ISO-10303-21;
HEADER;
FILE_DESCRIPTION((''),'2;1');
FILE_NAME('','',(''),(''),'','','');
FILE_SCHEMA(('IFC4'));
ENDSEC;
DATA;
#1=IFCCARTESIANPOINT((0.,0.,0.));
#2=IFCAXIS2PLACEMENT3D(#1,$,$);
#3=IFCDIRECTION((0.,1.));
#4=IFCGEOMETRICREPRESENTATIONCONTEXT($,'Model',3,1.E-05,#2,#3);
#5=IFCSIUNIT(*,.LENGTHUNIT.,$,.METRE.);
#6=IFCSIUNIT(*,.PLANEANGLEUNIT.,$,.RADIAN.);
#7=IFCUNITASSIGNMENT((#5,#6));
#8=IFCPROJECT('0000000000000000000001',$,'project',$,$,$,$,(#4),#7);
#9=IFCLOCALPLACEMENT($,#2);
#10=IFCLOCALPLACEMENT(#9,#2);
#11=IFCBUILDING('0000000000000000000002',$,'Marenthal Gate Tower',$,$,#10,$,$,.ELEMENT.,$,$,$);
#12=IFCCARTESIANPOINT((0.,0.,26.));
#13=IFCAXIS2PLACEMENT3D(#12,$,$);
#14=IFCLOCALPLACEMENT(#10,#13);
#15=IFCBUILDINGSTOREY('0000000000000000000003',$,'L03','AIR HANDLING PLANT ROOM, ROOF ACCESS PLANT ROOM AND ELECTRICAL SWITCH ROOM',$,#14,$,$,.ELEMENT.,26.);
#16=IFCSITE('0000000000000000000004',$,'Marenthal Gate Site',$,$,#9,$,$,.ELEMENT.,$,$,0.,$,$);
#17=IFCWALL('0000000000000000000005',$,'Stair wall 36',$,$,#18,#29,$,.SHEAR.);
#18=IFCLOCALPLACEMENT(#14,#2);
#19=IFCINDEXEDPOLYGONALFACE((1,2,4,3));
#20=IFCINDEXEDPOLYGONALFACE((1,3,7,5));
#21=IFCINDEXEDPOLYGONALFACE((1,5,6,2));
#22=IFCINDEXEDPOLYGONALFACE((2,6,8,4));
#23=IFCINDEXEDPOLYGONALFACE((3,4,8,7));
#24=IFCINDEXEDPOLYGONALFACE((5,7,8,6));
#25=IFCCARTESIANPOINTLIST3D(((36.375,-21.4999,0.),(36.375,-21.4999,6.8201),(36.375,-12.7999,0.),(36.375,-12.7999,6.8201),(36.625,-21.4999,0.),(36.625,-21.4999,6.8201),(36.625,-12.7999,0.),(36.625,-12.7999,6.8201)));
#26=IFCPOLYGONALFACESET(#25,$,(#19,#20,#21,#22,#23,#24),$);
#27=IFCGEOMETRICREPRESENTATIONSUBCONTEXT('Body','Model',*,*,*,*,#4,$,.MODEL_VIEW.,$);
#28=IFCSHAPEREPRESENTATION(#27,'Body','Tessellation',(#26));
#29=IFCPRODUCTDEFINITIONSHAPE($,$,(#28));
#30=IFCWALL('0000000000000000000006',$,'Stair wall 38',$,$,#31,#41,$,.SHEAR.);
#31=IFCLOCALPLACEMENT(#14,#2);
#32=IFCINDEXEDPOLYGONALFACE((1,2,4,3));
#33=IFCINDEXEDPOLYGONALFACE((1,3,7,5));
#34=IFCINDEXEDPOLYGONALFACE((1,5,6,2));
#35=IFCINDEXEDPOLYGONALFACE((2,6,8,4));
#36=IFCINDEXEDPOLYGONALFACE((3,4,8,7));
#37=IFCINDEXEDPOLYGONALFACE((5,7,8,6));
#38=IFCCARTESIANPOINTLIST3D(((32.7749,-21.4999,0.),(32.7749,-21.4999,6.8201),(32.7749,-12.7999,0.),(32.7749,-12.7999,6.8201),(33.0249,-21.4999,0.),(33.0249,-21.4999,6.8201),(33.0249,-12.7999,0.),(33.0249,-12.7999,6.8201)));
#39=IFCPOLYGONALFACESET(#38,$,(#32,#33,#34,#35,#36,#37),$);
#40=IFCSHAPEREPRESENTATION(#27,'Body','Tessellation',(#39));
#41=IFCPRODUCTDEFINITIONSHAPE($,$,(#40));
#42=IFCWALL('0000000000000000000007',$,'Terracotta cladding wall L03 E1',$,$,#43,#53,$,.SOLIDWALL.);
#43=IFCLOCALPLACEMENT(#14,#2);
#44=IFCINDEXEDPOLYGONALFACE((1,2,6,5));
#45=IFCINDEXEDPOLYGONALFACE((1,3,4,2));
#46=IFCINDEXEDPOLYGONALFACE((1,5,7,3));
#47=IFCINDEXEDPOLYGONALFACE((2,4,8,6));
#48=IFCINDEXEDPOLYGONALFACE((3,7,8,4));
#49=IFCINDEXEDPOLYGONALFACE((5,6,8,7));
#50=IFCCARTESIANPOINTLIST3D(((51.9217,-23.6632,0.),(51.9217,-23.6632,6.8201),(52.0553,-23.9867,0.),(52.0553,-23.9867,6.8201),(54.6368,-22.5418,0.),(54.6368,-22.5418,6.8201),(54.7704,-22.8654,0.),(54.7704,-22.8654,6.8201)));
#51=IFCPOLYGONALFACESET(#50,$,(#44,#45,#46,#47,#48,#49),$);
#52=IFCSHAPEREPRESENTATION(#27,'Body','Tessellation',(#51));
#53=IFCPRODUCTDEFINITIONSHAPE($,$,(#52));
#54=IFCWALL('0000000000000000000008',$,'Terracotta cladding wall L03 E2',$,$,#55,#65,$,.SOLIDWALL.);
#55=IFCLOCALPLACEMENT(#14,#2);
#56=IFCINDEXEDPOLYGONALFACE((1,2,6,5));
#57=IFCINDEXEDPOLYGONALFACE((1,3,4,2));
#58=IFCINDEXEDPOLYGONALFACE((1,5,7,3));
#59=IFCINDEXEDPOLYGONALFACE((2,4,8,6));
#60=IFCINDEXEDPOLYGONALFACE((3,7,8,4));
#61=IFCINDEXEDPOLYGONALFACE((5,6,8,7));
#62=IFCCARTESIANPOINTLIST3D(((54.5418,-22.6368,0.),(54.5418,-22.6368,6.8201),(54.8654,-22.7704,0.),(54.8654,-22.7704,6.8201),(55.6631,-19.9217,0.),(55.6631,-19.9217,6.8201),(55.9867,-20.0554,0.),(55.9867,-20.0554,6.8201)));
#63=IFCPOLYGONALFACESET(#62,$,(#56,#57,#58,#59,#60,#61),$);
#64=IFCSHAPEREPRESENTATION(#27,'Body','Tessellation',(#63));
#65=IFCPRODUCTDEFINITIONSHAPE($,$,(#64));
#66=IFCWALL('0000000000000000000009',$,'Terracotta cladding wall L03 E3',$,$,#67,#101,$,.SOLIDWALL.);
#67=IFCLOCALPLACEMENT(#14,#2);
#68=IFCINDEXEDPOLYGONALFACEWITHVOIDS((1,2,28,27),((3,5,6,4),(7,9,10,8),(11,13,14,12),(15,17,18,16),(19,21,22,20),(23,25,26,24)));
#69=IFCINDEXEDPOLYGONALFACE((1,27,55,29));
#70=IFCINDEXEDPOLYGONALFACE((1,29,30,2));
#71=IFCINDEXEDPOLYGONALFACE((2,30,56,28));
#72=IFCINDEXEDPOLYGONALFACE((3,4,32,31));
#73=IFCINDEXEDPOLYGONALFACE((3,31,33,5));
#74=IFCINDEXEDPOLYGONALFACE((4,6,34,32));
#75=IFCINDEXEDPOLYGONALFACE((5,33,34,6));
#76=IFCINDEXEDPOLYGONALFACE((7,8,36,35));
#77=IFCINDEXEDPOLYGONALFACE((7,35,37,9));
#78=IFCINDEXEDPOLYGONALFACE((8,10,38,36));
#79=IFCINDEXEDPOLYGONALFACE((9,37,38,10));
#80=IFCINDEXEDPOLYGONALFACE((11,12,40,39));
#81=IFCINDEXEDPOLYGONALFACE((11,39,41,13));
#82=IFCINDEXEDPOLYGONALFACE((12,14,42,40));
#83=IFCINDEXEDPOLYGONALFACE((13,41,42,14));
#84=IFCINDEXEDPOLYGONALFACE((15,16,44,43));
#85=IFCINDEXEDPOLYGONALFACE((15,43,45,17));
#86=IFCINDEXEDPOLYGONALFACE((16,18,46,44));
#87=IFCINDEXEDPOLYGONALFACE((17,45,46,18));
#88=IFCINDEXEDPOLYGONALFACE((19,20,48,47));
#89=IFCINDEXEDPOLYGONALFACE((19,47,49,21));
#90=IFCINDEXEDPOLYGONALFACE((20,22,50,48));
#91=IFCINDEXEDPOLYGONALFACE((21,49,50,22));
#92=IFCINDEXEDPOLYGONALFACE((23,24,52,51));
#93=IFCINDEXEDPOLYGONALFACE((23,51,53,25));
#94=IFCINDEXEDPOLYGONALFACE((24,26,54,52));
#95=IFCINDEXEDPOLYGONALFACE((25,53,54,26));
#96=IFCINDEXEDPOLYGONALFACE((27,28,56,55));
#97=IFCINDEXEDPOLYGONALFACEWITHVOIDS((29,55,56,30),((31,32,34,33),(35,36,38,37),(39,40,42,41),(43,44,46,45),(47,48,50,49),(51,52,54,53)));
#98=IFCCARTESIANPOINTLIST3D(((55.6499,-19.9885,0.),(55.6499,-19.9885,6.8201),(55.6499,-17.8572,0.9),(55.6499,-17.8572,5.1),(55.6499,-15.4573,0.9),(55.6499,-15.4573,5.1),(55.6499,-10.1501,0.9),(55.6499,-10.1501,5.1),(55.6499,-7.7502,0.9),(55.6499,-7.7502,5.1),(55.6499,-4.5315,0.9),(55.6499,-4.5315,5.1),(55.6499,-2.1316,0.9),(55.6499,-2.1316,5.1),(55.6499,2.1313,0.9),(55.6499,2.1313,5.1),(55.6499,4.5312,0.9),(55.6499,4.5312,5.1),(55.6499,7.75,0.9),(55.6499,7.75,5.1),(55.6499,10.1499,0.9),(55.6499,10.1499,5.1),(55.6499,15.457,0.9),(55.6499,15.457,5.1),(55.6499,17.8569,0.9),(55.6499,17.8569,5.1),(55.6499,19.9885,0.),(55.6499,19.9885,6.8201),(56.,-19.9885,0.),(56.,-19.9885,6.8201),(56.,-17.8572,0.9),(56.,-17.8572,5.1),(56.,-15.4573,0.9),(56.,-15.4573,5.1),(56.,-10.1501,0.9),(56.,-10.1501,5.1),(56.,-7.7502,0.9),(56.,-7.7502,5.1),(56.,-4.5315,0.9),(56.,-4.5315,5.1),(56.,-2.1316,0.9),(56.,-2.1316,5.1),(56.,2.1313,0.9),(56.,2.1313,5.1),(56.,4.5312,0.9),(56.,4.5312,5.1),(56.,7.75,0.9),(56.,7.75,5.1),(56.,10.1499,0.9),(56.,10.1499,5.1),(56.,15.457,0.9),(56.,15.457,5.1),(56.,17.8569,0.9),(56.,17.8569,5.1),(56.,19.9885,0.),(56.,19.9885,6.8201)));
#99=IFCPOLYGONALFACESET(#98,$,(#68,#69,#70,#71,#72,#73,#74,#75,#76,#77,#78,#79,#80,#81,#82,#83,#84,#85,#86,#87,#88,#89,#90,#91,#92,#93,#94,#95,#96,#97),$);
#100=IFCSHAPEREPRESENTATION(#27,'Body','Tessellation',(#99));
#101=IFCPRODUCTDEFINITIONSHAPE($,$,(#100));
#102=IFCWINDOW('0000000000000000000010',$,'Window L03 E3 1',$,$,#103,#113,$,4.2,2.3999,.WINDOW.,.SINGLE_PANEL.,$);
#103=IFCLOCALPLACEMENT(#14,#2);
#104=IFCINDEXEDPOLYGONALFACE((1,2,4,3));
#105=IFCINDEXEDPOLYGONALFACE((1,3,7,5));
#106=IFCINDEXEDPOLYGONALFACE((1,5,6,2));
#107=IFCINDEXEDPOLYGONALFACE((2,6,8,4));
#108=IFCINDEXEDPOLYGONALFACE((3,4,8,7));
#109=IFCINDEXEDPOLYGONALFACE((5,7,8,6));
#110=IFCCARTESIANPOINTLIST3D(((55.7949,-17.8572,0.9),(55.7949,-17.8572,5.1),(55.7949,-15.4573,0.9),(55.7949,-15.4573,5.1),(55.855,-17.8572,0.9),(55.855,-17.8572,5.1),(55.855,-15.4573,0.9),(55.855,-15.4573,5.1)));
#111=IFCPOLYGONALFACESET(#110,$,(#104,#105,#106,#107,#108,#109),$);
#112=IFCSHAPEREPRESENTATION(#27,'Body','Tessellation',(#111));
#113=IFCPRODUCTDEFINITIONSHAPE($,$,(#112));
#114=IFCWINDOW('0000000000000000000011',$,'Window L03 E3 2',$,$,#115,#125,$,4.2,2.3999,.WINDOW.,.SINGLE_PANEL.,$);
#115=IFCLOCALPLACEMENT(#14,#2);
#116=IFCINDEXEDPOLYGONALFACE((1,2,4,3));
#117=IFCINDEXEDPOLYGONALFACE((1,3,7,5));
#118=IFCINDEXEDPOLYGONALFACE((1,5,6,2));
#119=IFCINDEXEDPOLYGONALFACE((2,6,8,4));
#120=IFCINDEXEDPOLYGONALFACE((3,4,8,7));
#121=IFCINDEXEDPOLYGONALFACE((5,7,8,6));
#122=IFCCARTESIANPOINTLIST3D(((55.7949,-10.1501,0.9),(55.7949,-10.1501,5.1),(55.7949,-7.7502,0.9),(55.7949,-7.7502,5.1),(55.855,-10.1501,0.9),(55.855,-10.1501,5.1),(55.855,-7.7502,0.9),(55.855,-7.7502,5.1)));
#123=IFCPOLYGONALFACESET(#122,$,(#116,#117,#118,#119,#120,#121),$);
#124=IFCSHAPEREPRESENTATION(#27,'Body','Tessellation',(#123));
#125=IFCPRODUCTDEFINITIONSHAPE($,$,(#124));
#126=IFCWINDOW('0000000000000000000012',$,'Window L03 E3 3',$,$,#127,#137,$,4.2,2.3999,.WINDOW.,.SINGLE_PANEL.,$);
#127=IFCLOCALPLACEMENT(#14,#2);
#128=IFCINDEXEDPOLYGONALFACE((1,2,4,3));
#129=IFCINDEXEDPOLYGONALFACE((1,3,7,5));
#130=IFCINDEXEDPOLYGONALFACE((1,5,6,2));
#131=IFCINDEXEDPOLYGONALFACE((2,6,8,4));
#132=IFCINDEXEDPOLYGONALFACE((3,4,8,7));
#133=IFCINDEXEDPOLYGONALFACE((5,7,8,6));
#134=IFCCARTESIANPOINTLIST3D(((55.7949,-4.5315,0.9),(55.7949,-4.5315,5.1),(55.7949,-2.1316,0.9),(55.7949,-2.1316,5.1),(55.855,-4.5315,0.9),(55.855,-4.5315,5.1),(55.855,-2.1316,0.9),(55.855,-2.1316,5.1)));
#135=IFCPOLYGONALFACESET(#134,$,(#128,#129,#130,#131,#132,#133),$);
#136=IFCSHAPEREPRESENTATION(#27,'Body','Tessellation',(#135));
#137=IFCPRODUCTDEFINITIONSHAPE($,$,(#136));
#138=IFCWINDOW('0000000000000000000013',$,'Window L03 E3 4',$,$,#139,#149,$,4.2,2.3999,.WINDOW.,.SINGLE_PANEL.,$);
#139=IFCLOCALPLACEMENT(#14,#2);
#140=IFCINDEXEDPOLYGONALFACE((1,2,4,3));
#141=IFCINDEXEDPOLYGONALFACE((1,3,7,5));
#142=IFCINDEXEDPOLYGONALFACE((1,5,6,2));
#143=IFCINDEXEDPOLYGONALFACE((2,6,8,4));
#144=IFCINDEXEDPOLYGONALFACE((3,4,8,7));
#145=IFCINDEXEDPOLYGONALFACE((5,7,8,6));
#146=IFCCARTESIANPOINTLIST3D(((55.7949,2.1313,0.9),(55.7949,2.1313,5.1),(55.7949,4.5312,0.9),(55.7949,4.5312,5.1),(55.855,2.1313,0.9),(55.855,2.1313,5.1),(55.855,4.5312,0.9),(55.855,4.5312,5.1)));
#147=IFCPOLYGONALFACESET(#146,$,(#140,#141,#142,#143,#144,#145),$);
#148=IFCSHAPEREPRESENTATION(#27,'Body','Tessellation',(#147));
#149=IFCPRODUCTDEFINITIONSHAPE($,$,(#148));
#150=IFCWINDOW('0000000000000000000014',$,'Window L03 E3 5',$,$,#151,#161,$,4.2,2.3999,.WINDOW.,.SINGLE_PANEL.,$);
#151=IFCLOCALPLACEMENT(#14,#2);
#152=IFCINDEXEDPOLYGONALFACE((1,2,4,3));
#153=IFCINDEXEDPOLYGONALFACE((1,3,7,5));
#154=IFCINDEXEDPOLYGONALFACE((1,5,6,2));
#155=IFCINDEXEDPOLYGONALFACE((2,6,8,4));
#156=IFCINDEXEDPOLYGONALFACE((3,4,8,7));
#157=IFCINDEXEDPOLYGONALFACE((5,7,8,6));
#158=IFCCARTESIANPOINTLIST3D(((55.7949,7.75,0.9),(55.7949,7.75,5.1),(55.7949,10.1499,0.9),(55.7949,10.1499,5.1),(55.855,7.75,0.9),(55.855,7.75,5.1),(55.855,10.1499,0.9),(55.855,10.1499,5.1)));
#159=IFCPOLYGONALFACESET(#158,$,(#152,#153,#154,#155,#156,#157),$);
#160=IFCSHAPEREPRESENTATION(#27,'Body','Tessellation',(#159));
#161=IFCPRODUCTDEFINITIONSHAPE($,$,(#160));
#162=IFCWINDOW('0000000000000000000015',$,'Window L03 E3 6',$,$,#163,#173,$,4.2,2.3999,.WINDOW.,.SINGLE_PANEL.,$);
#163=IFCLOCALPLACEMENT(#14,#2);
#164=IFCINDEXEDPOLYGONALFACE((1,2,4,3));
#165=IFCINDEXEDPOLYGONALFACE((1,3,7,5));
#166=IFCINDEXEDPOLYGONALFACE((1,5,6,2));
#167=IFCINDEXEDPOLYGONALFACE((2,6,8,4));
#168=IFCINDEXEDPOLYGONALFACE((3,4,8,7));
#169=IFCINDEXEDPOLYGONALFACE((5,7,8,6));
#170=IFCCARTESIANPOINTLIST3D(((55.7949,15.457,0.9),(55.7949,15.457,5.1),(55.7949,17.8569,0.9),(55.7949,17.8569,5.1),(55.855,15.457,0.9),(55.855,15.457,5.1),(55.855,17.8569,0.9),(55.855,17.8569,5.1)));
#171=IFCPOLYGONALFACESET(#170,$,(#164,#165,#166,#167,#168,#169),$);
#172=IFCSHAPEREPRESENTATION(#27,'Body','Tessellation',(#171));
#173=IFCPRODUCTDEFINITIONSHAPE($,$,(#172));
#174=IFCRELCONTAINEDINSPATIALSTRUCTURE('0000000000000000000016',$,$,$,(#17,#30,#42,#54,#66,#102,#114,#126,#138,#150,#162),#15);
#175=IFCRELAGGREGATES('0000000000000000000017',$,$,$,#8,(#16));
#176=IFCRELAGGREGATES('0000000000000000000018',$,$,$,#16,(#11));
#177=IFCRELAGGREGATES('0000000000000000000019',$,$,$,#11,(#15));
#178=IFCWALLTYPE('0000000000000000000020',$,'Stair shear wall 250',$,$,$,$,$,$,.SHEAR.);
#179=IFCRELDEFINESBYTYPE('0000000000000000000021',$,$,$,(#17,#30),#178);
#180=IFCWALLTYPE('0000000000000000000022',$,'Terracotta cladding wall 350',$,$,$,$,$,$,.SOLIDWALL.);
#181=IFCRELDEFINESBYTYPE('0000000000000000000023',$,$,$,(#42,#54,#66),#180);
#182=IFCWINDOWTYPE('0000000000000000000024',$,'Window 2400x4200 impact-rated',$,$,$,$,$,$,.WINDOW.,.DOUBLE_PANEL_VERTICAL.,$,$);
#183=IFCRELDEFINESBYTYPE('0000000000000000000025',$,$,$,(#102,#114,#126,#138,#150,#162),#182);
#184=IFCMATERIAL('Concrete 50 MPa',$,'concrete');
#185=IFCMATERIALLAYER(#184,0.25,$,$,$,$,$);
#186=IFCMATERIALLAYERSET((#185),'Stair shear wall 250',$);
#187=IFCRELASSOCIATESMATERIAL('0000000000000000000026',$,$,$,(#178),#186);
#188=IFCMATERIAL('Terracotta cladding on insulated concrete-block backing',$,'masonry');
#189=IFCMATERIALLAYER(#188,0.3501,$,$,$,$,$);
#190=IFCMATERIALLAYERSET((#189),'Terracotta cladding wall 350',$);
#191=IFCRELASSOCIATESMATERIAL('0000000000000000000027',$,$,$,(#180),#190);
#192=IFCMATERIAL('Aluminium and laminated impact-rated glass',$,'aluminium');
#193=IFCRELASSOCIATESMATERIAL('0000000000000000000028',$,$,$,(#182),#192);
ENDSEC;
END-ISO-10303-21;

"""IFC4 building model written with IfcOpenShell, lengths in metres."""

from ifc_helpers import new_model, si_unit, direction, frame, frame_2d, origin, place, context, subcontext, project, spatial, rectangle, extrude, material, layer, layer_set, type_object, element, fill, save


model = new_model("IFC4")

# Units and contexts
model_context = context("Model", 3, precision=1e-05, world=origin(), true_north=direction((0.0, 1.0)))
body_context = subcontext(model_context, "Body", "Model", "MODEL_VIEW")
ifc_project = project(units=[si_unit("LENGTHUNIT", "METRE"), si_unit("PLANEANGLEUNIT", "RADIAN")], contexts=[model_context])

# Site, building, storey
site_placement = place(None, origin())
site = spatial("IfcSite", under=ifc_project, at=site_placement, Name="Marenthal Gate Site", CompositionType="ELEMENT", RefElevation=0.0)
building_placement = place(site_placement, origin())
building = spatial("IfcBuilding", under=site, at=building_placement, Name="Marenthal Gate Tower", CompositionType="ELEMENT")
storey_placement = place(building_placement, frame((0.0, 0.0, 26.0)))
storey = spatial("IfcBuildingStorey", under=building, at=storey_placement, Name="L03", Description="AIR HANDLING PLANT ROOM, ROOF ACCESS PLANT ROOM AND ELECTRICAL SWITCH ROOM", CompositionType="ELEMENT", Elevation=26.0)

# Shared definitions
ifc_material_1 = material(Name="Concrete 50 MPa", Category="concrete")
ifc_layer_1 = layer(ifc_material_1, 0.25)
ifc_layer_set_1 = layer_set([ifc_layer_1], Name="Stair shear wall 250")
wall_type_1 = type_object("IfcWallType", Name="Stair shear wall 250", PredefinedType="SHEAR", material=ifc_layer_set_1)

# Walls
for number, where, z_axis, x_axis, name in (
    (1, (36.5, -21.5, 0.0), (0.0, 0.0, 1.0), (0.0, 1.0, 0.0), "Stair wall 36"),
    (2, (32.8999, -21.5, 0.0), (0.0, 0.0, 1.0), (0.0, 1.0, 0.0), "Stair wall 38"),
):
    element("IfcWall", number, at=place(storey_placement, frame(where, z_axis=z_axis, x_axis=x_axis)), inside=storey, type_object=wall_type_1, Name=name, PredefinedType="SHEAR", context=body_context, shape_type="SweptSolid", body=[
        extrude(rectangle(XDim=8.7, YDim=0.25, at=frame_2d((4.3501, 0.0))), origin(), (0.0, 0.0, 1.0), 6.8201),
    ])
ifc_material_2 = material(Name="Terracotta cladding on insulated concrete-block backing", Category="masonry")
ifc_layer_2 = layer(ifc_material_2, 0.3501)
ifc_layer_set_2 = layer_set([ifc_layer_2], Name="Terracotta cladding wall 350")
wall_type_2 = type_object("IfcWallType", Name="Terracotta cladding wall 350", PredefinedType="SOLIDWALL", material=ifc_layer_set_2)
for number, where, z_axis, x_axis, name in (
    (3, (51.9885, -23.825, 0.0), (0.0, 0.0, 1.0), (0.924275, 0.381728, 0.0), "Terracotta cladding wall L03 E1"),
    (4, (54.7036, -22.7036, 0.0), (0.0, 0.0, 1.0), (0.381728, 0.924275, 0.0), "Terracotta cladding wall L03 E2"),
):
    element("IfcWall", number, at=place(storey_placement, frame(where, z_axis=z_axis, x_axis=x_axis)), inside=storey, type_object=wall_type_2, Name=name, PredefinedType="SOLIDWALL", context=body_context, shape_type="SweptSolid", body=[
        extrude(rectangle(XDim=2.9375, YDim=0.3501, at=frame_2d((1.4688, 0.0))), origin(), (0.0, 0.0, 1.0), 6.8201),
    ])

# Wall, openings, windows
wall_1_placement = place(storey_placement, frame((55.825, -19.9885, 0.0), z_axis=(0.0, 0.0, 1.0), x_axis=(0.0, 1.0, 0.0)))
wall_1 = element("IfcWall", 5, at=wall_1_placement, inside=storey, type_object=wall_type_2, Name="Terracotta cladding wall L03 E3", PredefinedType="SOLIDWALL", context=body_context, shape_type="SweptSolid", body=[
    extrude(rectangle(XDim=39.9771, YDim=0.3501, at=frame_2d((19.9885, 0.0))), origin(), (0.0, 0.0, 1.0), 6.8201),
])
opening_1_placement = place(wall_1_placement, frame((2.1313, 0.0, 0.8999)))
opening_1 = element("IfcOpeningElement", 6, at=opening_1_placement, cuts=wall_1, PredefinedType="OPENING", context=body_context, shape_type="SweptSolid", body=[
    extrude(rectangle(XDim=2.3999, YDim=4.2, at=frame_2d((1.2, 2.1001))), frame((0.0, 0.1851, 0.0), z_axis=(0.0, -1.0, 0.0), x_axis=(1.0, 0.0, 0.0)), (0.0, 0.0, 1.0), 0.3701),
])
opening_2_placement = place(wall_1_placement, frame((9.8384, 0.0, 0.8999)))
opening_2 = element("IfcOpeningElement", 7, at=opening_2_placement, cuts=wall_1, PredefinedType="OPENING", context=body_context, shape_type="SweptSolid", body=[
    extrude(rectangle(XDim=2.3999, YDim=4.2, at=frame_2d((1.2, 2.1001))), frame((0.0, 0.1851, 0.0), z_axis=(0.0, -1.0, 0.0), x_axis=(1.0, 0.0, 0.0)), (0.0, 0.0, 1.0), 0.3701),
])
opening_3_placement = place(wall_1_placement, frame((15.457, 0.0, 0.8999)))
opening_3 = element("IfcOpeningElement", 8, at=opening_3_placement, cuts=wall_1, PredefinedType="OPENING", context=body_context, shape_type="SweptSolid", body=[
    extrude(rectangle(XDim=2.3999, YDim=4.2, at=frame_2d((1.2, 2.1001))), frame((0.0, 0.1851, 0.0), z_axis=(0.0, -1.0, 0.0), x_axis=(1.0, 0.0, 0.0)), (0.0, 0.0, 1.0), 0.3701),
])
opening_4_placement = place(wall_1_placement, frame((22.1199, 0.0, 0.8999)))
opening_4 = element("IfcOpeningElement", 9, at=opening_4_placement, cuts=wall_1, PredefinedType="OPENING", context=body_context, shape_type="SweptSolid", body=[
    extrude(rectangle(XDim=2.3999, YDim=4.2, at=frame_2d((1.2, 2.1001))), frame((0.0, 0.1851, 0.0), z_axis=(0.0, -1.0, 0.0), x_axis=(1.0, 0.0, 0.0)), (0.0, 0.0, 1.0), 0.3701),
])
opening_5_placement = place(wall_1_placement, frame((27.7385, 0.0, 0.8999)))
opening_5 = element("IfcOpeningElement", 10, at=opening_5_placement, cuts=wall_1, PredefinedType="OPENING", context=body_context, shape_type="SweptSolid", body=[
    extrude(rectangle(XDim=2.3999, YDim=4.2, at=frame_2d((1.2, 2.1001))), frame((0.0, 0.1851, 0.0), z_axis=(0.0, -1.0, 0.0), x_axis=(1.0, 0.0, 0.0)), (0.0, 0.0, 1.0), 0.3701),
])
opening_6_placement = place(wall_1_placement, frame((35.4456, 0.0, 0.8999)))
opening_6 = element("IfcOpeningElement", 11, at=opening_6_placement, cuts=wall_1, PredefinedType="OPENING", context=body_context, shape_type="SweptSolid", body=[
    extrude(rectangle(XDim=2.3999, YDim=4.2, at=frame_2d((1.2, 2.1001))), frame((0.0, 0.1851, 0.0), z_axis=(0.0, -1.0, 0.0), x_axis=(1.0, 0.0, 0.0)), (0.0, 0.0, 1.0), 0.3701),
])
ifc_material_3 = material(Name="Aluminium and laminated impact-rated glass", Category="aluminium")
window_type = type_object("IfcWindowType", Name="Window 2400x4200 impact-rated", PartitioningType="DOUBLE_PANEL_VERTICAL", PredefinedType="WINDOW", material=ifc_material_3)
window_1_placement = place(opening_1_placement, origin())
window_1 = element("IfcWindow", 12, at=window_1_placement, inside=storey, type_object=window_type, Name="Window L03 E3 1", OverallHeight=4.2, OverallWidth=2.3999, PartitioningType="SINGLE_PANEL", PredefinedType="WINDOW", context=body_context, shape_type="SweptSolid", body=[
    extrude(rectangle(XDim=2.3999, YDim=4.2, at=frame_2d((1.2, 2.1001))), frame((0.0, 0.03, 0.0), z_axis=(0.0, -1.0, 0.0), x_axis=(1.0, 0.0, 0.0)), (0.0, 0.0, 1.0), 0.0601),
])
fill(opening_1, window_1)
window_2_placement = place(opening_2_placement, origin())
window_2 = element("IfcWindow", 13, at=window_2_placement, inside=storey, type_object=window_type, Name="Window L03 E3 2", OverallHeight=4.2, OverallWidth=2.3999, PartitioningType="SINGLE_PANEL", PredefinedType="WINDOW", context=body_context, shape_type="SweptSolid", body=[
    extrude(rectangle(XDim=2.3999, YDim=4.2, at=frame_2d((1.2, 2.1001))), frame((0.0, 0.03, 0.0), z_axis=(0.0, -1.0, 0.0), x_axis=(1.0, 0.0, 0.0)), (0.0, 0.0, 1.0), 0.0601),
])
fill(opening_2, window_2)
window_3_placement = place(opening_3_placement, origin())
window_3 = element("IfcWindow", 14, at=window_3_placement, inside=storey, type_object=window_type, Name="Window L03 E3 3", OverallHeight=4.2, OverallWidth=2.3999, PartitioningType="SINGLE_PANEL", PredefinedType="WINDOW", context=body_context, shape_type="SweptSolid", body=[
    extrude(rectangle(XDim=2.3999, YDim=4.2, at=frame_2d((1.2, 2.1001))), frame((0.0, 0.03, 0.0), z_axis=(0.0, -1.0, 0.0), x_axis=(1.0, 0.0, 0.0)), (0.0, 0.0, 1.0), 0.0601),
])
fill(opening_3, window_3)
window_4_placement = place(opening_4_placement, origin())
window_4 = element("IfcWindow", 15, at=window_4_placement, inside=storey, type_object=window_type, Name="Window L03 E3 4", OverallHeight=4.2, OverallWidth=2.3999, PartitioningType="SINGLE_PANEL", PredefinedType="WINDOW", context=body_context, shape_type="SweptSolid", body=[
    extrude(rectangle(XDim=2.3999, YDim=4.2, at=frame_2d((1.2, 2.1001))), frame((0.0, 0.03, 0.0), z_axis=(0.0, -1.0, 0.0), x_axis=(1.0, 0.0, 0.0)), (0.0, 0.0, 1.0), 0.0601),
])
fill(opening_4, window_4)
window_5_placement = place(opening_5_placement, origin())
window_5 = element("IfcWindow", 16, at=window_5_placement, inside=storey, type_object=window_type, Name="Window L03 E3 5", OverallHeight=4.2, OverallWidth=2.3999, PartitioningType="SINGLE_PANEL", PredefinedType="WINDOW", context=body_context, shape_type="SweptSolid", body=[
    extrude(rectangle(XDim=2.3999, YDim=4.2, at=frame_2d((1.2, 2.1001))), frame((0.0, 0.03, 0.0), z_axis=(0.0, -1.0, 0.0), x_axis=(1.0, 0.0, 0.0)), (0.0, 0.0, 1.0), 0.0601),
])
fill(opening_5, window_5)
window_6_placement = place(opening_6_placement, origin())
window_6 = element("IfcWindow", 17, at=window_6_placement, inside=storey, type_object=window_type, Name="Window L03 E3 6", OverallHeight=4.2, OverallWidth=2.3999, PartitioningType="SINGLE_PANEL", PredefinedType="WINDOW", context=body_context, shape_type="SweptSolid", body=[
    extrude(rectangle(XDim=2.3999, YDim=4.2, at=frame_2d((1.2, 2.1001))), frame((0.0, 0.03, 0.0), z_axis=(0.0, -1.0, 0.0), x_axis=(1.0, 0.0, 0.0)), (0.0, 0.0, 1.0), 0.0601),
])
fill(opening_6, window_6)

save(model, "model.ifc")
